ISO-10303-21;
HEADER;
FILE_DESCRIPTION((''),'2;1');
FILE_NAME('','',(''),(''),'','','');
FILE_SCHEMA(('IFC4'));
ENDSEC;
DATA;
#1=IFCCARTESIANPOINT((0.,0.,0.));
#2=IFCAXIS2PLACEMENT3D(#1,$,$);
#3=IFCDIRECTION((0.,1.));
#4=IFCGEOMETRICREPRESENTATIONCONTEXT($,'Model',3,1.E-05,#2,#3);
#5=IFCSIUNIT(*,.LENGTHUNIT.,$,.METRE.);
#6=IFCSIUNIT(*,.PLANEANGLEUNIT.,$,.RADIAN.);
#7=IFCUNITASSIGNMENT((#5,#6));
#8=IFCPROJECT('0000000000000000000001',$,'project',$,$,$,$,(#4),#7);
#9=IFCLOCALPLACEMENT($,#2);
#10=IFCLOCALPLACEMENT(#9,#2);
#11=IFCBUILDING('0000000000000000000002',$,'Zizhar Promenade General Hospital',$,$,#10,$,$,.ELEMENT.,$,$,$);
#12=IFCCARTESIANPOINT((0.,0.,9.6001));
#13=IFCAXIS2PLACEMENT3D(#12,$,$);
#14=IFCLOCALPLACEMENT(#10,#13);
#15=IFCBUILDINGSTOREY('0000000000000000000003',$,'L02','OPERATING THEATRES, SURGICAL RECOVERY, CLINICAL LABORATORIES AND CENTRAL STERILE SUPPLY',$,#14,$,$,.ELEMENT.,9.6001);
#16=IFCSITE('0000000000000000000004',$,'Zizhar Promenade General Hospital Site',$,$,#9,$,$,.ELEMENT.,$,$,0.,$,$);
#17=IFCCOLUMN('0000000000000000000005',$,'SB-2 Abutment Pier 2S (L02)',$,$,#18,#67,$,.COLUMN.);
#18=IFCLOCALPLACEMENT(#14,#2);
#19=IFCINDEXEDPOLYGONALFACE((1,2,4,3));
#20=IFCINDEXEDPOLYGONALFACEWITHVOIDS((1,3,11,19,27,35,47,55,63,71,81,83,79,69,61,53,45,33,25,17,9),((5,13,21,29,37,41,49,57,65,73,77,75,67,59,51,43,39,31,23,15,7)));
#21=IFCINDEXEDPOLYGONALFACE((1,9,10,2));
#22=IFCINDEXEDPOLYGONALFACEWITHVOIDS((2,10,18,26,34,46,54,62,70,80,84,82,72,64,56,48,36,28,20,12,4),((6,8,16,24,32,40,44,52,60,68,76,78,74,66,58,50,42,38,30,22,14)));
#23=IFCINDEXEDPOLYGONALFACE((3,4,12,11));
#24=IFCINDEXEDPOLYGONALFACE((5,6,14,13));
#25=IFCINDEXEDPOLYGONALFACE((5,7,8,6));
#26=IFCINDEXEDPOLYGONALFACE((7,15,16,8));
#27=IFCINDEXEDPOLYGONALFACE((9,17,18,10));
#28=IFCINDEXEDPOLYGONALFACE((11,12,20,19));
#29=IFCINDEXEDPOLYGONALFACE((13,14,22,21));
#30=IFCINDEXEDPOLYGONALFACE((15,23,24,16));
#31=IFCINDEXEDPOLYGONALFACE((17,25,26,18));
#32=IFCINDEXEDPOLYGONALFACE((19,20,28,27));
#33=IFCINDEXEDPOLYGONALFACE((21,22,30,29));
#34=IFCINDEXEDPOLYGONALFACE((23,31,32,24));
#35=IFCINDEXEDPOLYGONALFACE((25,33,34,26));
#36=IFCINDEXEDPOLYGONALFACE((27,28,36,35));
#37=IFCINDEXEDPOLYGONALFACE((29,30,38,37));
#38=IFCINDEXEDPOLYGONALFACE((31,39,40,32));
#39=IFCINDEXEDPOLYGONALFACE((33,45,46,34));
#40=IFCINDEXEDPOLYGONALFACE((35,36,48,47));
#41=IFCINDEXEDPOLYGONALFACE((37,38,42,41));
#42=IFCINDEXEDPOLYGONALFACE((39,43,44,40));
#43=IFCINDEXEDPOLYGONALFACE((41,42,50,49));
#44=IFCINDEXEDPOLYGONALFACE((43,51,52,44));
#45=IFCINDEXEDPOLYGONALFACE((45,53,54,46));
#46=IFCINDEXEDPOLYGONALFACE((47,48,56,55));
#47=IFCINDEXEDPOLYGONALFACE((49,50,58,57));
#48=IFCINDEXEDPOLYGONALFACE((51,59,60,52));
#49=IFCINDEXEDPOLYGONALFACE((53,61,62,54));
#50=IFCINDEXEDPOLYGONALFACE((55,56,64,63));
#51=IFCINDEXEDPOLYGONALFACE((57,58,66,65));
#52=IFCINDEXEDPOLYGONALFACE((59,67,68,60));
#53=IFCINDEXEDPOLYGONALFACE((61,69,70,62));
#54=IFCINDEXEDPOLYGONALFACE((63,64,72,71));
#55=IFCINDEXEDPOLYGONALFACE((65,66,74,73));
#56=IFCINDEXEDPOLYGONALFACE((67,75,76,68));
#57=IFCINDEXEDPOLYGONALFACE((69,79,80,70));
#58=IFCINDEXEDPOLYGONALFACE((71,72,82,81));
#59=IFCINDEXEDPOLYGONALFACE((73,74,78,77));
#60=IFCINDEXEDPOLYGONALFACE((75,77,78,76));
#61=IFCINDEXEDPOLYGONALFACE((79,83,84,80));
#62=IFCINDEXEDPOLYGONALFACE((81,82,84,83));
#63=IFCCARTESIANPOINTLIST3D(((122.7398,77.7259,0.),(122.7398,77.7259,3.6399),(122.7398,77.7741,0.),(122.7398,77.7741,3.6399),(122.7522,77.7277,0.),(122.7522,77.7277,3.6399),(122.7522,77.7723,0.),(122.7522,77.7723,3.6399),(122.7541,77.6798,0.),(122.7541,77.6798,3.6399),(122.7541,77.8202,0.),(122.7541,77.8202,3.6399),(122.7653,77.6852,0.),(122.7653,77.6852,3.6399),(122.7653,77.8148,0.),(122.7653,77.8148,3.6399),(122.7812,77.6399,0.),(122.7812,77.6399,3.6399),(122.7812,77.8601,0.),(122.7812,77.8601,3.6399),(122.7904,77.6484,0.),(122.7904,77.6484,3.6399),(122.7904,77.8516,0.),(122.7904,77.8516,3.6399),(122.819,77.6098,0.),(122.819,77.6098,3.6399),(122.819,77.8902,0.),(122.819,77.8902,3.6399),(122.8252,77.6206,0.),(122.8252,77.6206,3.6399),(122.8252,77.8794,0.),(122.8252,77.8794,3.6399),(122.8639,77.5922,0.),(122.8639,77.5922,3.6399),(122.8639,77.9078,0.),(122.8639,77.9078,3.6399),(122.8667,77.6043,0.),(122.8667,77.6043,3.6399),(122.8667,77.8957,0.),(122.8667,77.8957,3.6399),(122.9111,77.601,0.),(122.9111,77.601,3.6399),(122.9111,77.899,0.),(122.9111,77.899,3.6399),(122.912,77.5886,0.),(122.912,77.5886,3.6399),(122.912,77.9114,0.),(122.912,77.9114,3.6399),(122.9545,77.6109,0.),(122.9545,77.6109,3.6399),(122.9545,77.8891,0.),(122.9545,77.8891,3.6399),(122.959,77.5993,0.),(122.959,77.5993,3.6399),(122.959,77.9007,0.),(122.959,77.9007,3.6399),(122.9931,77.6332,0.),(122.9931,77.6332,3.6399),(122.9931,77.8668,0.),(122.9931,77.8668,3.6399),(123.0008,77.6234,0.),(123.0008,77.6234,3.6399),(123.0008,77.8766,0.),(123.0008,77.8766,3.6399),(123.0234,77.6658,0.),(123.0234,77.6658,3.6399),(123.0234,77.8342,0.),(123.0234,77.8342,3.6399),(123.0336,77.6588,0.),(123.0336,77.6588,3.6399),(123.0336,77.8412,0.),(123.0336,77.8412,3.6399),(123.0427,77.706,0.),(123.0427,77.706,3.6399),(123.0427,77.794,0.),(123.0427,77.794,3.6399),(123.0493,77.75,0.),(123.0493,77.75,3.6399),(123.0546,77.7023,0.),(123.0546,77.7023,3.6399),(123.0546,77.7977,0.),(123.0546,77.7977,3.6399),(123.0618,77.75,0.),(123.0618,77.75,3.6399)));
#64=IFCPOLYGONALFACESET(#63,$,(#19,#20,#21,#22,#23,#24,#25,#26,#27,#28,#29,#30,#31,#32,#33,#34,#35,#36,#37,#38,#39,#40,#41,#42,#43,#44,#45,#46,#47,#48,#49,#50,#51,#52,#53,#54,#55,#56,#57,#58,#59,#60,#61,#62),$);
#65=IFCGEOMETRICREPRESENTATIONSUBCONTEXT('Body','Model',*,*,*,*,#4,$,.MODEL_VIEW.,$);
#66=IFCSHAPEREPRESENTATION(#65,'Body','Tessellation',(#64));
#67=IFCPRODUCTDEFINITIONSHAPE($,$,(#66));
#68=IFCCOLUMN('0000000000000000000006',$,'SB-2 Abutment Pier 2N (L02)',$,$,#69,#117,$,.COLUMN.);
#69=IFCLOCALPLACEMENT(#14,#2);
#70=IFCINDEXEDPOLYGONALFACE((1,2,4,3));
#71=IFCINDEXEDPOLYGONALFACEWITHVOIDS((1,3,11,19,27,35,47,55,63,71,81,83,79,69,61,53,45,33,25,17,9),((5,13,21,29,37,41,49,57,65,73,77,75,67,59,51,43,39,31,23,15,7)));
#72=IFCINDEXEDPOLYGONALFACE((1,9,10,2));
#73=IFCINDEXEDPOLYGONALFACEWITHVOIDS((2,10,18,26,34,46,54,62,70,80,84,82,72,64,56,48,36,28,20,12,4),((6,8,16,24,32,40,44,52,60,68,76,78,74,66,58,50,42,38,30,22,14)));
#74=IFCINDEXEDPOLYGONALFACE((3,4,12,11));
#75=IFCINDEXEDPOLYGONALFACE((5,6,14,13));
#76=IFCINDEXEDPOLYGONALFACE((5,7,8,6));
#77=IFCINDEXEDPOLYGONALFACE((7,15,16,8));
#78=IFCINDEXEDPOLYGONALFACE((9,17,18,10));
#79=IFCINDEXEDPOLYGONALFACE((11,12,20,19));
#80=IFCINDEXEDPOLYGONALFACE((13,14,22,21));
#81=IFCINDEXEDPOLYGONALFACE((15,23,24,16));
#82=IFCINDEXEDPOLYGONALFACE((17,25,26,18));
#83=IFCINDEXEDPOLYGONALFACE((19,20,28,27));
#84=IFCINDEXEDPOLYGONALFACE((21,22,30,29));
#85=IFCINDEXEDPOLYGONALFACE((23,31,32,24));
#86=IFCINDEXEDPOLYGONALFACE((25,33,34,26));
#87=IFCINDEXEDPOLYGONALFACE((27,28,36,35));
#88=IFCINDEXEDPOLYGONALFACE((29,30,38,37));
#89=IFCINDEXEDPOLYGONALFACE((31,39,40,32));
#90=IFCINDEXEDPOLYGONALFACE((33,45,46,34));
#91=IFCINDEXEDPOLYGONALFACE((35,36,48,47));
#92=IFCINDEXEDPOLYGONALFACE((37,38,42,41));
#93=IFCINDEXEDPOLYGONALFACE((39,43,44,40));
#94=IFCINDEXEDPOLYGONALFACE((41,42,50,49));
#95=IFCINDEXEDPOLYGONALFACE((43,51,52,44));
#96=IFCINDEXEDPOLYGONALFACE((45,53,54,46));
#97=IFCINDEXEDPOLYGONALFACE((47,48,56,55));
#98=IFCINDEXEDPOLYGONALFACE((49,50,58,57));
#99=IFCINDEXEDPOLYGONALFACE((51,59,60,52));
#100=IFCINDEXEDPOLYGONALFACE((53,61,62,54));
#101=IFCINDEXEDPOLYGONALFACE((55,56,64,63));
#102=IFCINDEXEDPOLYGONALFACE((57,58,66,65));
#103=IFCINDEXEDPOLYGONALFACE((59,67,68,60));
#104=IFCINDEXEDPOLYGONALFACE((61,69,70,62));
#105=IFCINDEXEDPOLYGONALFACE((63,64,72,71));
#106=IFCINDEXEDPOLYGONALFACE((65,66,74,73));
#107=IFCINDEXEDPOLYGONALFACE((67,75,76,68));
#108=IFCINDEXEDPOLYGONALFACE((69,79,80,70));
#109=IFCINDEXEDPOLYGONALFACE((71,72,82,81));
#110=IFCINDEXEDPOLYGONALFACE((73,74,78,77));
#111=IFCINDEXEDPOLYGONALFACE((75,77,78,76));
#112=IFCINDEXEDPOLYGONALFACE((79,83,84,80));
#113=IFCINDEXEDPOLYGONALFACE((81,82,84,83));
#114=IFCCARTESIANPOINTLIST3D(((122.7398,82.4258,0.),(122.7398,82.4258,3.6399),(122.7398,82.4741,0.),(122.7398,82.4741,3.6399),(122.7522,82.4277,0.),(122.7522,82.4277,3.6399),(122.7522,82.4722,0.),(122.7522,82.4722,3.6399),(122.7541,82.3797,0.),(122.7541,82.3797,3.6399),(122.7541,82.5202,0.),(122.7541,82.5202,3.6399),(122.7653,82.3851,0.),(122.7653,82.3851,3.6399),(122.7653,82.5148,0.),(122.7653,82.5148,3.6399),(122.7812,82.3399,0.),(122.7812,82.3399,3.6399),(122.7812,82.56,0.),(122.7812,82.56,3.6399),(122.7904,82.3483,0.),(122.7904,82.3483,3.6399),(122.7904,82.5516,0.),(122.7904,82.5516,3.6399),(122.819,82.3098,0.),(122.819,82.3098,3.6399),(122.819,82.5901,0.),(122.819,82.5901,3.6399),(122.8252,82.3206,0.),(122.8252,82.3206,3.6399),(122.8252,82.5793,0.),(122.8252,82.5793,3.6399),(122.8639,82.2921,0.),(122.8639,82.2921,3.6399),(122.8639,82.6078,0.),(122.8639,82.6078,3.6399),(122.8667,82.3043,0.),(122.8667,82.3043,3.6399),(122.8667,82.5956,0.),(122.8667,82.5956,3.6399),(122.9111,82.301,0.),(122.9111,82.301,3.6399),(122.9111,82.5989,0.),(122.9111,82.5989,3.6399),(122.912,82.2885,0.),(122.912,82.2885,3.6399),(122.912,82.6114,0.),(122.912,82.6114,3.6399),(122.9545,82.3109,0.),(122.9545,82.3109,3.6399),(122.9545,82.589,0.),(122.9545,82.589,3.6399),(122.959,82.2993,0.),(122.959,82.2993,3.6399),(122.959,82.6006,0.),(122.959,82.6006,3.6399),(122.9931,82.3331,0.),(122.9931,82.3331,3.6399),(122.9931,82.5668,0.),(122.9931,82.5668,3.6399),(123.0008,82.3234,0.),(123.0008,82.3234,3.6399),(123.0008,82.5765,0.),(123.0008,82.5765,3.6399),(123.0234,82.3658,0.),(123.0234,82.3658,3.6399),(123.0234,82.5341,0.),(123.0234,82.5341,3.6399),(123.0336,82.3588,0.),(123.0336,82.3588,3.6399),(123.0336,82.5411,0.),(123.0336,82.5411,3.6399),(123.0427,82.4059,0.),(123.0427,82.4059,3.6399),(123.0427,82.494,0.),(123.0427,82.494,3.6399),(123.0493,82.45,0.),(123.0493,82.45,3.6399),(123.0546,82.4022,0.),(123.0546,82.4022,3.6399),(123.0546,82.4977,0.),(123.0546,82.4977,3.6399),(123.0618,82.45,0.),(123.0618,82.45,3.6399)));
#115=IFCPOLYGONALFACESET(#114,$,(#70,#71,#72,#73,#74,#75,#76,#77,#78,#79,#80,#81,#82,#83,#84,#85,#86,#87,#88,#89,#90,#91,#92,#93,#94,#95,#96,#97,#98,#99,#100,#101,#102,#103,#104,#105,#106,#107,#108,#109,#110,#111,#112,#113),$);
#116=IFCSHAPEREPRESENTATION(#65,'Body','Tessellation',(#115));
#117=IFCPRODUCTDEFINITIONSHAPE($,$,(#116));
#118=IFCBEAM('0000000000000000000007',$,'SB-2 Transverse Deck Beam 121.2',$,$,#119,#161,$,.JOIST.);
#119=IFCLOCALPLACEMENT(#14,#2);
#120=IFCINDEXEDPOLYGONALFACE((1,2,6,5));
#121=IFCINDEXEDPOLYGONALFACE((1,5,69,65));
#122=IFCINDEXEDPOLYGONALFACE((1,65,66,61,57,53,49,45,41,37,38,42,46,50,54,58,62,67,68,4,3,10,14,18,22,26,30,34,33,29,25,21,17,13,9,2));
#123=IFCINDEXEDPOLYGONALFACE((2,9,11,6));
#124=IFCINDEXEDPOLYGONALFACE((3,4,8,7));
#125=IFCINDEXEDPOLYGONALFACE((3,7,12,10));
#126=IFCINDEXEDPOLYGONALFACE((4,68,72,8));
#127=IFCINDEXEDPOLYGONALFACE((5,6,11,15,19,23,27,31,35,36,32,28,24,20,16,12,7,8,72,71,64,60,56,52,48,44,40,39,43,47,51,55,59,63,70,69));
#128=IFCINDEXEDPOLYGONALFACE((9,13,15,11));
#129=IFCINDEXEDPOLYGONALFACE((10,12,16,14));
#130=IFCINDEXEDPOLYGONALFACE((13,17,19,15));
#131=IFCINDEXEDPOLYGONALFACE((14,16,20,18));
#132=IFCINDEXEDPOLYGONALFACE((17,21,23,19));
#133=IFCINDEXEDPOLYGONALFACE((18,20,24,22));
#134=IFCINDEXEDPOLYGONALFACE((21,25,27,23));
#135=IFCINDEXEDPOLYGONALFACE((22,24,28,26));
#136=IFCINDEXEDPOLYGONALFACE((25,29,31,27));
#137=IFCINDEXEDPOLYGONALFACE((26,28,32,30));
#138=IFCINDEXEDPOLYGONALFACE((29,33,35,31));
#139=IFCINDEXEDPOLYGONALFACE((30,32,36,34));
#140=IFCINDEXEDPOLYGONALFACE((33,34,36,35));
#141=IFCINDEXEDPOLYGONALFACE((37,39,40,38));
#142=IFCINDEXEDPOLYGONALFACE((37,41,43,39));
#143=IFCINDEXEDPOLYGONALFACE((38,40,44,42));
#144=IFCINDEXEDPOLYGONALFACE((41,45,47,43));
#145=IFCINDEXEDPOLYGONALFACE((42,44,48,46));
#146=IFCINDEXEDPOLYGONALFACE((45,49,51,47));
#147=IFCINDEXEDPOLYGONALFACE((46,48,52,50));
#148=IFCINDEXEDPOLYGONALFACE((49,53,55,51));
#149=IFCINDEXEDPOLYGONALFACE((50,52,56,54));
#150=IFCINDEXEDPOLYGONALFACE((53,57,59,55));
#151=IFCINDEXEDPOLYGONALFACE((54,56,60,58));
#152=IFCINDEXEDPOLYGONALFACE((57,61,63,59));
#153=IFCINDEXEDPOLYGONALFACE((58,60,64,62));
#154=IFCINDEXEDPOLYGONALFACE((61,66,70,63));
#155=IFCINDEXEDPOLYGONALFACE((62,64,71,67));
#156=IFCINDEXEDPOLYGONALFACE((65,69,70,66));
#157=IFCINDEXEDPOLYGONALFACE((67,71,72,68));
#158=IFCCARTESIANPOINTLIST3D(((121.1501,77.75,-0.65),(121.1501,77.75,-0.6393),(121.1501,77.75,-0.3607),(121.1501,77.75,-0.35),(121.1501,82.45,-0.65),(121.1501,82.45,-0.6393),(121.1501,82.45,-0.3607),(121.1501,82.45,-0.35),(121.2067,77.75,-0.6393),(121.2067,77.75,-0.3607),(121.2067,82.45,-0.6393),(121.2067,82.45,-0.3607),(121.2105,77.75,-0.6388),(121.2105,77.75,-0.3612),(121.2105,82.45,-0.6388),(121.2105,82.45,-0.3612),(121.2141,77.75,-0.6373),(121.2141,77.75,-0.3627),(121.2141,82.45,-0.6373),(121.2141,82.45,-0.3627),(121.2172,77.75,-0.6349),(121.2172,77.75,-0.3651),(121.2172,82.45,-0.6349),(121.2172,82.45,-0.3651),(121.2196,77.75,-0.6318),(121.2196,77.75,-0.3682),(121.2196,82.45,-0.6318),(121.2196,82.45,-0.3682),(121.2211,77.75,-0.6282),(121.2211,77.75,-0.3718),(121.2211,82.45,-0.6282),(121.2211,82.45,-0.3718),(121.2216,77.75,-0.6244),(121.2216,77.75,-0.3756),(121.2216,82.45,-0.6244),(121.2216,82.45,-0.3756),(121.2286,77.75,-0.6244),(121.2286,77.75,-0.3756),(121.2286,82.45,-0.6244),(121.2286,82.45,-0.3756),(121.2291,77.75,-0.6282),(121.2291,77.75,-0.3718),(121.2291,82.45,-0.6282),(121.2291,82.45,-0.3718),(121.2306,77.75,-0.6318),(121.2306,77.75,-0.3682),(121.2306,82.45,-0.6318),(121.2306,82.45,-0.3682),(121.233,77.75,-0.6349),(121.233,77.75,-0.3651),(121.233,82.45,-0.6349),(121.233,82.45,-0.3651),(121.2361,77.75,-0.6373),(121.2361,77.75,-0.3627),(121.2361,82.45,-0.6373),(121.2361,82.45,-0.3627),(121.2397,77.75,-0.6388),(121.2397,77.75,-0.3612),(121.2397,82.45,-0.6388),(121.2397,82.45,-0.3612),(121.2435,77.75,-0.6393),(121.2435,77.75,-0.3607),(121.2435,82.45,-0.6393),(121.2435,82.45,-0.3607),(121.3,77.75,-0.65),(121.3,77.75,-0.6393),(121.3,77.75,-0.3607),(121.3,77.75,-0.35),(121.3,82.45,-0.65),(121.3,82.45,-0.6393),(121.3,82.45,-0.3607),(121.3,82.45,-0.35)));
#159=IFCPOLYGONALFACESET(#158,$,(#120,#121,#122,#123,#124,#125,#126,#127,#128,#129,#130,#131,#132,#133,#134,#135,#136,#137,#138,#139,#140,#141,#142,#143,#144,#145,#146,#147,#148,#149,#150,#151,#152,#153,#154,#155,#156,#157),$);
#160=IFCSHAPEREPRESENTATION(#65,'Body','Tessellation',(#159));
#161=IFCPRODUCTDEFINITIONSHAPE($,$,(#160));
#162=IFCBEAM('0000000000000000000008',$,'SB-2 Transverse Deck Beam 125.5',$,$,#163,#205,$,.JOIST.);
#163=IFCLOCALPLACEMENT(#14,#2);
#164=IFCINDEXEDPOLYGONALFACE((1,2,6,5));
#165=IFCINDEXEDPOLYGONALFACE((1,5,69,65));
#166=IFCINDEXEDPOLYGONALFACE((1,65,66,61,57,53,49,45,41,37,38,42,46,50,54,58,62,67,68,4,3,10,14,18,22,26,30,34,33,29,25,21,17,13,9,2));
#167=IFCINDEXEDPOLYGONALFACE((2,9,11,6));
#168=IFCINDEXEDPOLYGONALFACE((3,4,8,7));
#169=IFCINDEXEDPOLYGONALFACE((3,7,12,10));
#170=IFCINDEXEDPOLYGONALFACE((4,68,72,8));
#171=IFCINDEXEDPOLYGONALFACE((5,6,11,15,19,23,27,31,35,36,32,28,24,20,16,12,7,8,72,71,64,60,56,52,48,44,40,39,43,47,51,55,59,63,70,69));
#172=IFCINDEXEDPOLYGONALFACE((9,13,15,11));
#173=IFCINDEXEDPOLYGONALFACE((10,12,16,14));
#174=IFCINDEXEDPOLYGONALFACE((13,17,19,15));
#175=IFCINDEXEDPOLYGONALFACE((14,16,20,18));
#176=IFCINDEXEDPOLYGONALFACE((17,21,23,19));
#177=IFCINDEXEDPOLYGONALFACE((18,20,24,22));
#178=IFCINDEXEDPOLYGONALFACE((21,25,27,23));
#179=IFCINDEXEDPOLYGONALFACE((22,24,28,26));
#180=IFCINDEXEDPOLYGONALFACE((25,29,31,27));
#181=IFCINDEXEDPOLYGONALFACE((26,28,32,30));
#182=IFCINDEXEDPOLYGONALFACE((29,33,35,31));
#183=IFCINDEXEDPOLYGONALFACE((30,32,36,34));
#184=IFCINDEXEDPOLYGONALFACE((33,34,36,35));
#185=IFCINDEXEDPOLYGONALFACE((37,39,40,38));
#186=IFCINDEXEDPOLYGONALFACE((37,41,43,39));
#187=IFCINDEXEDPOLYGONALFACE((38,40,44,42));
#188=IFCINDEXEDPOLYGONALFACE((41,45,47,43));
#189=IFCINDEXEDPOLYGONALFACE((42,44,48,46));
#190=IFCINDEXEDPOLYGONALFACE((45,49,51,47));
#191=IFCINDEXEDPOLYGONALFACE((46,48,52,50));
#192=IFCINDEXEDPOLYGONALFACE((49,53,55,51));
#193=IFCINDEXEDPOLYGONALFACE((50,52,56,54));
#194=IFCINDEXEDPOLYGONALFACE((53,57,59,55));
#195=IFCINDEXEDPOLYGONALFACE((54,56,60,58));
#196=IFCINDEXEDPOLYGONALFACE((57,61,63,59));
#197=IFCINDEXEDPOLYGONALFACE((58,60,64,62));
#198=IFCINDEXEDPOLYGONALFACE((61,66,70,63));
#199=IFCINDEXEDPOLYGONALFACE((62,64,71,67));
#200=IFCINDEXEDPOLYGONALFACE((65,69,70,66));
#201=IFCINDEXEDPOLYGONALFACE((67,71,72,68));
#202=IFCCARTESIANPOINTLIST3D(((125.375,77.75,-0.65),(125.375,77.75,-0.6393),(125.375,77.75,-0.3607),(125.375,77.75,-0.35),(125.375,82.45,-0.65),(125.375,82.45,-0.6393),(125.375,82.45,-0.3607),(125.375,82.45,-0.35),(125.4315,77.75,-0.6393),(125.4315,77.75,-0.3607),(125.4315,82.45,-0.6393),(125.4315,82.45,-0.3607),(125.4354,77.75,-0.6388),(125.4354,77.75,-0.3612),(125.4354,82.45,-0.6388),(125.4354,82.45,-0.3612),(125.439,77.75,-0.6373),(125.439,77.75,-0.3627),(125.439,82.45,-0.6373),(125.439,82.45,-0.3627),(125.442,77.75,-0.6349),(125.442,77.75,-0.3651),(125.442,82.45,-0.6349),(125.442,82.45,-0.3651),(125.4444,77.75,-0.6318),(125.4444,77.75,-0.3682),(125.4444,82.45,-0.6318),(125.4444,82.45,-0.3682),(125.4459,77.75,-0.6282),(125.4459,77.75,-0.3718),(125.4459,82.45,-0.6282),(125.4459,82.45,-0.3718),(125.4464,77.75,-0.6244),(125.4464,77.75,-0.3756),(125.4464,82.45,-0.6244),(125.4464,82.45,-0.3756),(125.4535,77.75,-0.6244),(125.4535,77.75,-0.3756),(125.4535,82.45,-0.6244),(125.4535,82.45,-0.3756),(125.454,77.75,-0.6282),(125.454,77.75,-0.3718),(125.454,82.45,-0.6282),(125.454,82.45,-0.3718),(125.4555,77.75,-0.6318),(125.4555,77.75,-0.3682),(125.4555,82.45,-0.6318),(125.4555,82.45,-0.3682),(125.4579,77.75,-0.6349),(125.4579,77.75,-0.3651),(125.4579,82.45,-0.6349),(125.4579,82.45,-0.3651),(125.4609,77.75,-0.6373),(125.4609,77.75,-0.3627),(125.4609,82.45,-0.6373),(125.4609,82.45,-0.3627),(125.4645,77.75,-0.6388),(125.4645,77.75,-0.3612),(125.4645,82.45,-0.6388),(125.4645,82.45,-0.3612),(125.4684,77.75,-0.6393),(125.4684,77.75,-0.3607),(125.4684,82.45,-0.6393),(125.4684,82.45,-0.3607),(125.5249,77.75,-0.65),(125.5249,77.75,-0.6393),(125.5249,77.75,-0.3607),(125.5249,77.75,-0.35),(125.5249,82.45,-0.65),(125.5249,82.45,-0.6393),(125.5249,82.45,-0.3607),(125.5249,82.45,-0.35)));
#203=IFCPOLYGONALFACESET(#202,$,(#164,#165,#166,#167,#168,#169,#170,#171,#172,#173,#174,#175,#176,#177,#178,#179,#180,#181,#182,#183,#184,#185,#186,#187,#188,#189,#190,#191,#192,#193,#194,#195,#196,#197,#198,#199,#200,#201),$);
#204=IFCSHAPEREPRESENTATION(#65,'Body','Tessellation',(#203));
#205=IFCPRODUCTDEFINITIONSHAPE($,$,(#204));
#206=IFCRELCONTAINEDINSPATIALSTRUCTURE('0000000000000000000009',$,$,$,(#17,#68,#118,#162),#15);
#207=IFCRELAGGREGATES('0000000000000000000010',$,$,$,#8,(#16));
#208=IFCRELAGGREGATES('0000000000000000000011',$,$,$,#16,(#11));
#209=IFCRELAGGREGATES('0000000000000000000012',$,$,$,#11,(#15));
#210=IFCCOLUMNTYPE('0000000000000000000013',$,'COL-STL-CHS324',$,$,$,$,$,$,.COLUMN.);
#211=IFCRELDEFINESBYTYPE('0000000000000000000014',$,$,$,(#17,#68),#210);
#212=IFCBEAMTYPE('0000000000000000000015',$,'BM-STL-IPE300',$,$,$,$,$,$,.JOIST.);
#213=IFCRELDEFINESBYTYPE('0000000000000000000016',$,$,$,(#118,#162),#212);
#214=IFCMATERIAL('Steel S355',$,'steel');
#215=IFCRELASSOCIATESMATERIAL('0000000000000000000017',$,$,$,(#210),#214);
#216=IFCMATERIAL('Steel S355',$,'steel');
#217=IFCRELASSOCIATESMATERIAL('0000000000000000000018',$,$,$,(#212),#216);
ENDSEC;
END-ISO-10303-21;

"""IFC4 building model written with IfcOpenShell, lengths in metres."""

from ifc_helpers import new_model, si_unit, direction, frame, origin, origin_2d, place, context, subcontext, project, spatial, hollow_circle, i_section, extrude, material, material_profile, profile_set, type_object, element, save


model = new_model("IFC4")

# Units and contexts
model_context = context("Model", 3, precision=1e-05, world=origin(), true_north=direction((0.0, 1.0)))
body_context = subcontext(model_context, "Body", "Model", "MODEL_VIEW")
ifc_project = project(units=[si_unit("LENGTHUNIT", "METRE"), si_unit("PLANEANGLEUNIT", "RADIAN")], contexts=[model_context])

# Site, building, storey
site_placement = place(None, origin())
site = spatial("IfcSite", under=ifc_project, at=site_placement, Name="Zizhar Promenade General Hospital Site", CompositionType="ELEMENT", RefElevation=0.0)
building_placement = place(site_placement, origin())
building = spatial("IfcBuilding", under=site, at=building_placement, Name="Zizhar Promenade General Hospital", CompositionType="ELEMENT")
storey_placement = place(building_placement, frame((0.0, 0.0, 9.6001)))
storey = spatial("IfcBuildingStorey", under=building, at=storey_placement, Name="L02", Description="OPERATING THEATRES, SURGICAL RECOVERY, CLINICAL LABORATORIES AND CENTRAL STERILE SUPPLY", CompositionType="ELEMENT", Elevation=9.6001)

# Columns
ifc_material_1 = material(Name="Steel S355", Category="steel")
ifc_material_profile_1 = material_profile(ifc_material_1, hollow_circle(Radius=0.1619, WallThickness=0.0125, at=origin_2d()))
ifc_profile_set_1 = profile_set([ifc_material_profile_1], Name="Steel S355")
column_type = type_object("IfcColumnType", Name="COL-STL-CHS324", PredefinedType="COLUMN", material=ifc_profile_set_1)
for number, where, z_axis, x_axis, name in (
    (1, (122.8999, 77.75, 0.0), (0.0, 0.0, 1.0), (1.0, 0.0, 0.0), "SB-2 Abutment Pier 2S (L02)"),
    (2, (122.8999, 82.45, 0.0), (0.0, 0.0, 1.0), (1.0, 0.0, 0.0), "SB-2 Abutment Pier 2N (L02)"),
):
    element("IfcColumn", number, at=place(storey_placement, frame(where, z_axis=z_axis, x_axis=x_axis)), inside=storey, type_object=column_type, Name=name, PredefinedType="COLUMN", context=body_context, shape_type="SweptSolid", body=[
        extrude(hollow_circle(Radius=0.1619, WallThickness=0.0125, at=origin_2d()), origin(), (0.0, 0.0, 1.0), 3.6399),
    ])

# Beams
ifc_material_2 = material(Name="Steel S355", Category="steel")
ifc_material_profile_2 = material_profile(ifc_material_2, i_section(OverallWidth=0.1499, OverallDepth=0.3, WebThickness=0.0071, FlangeThickness=0.0107, FilletRadius=0.0149, at=origin_2d()))
ifc_profile_set_2 = profile_set([ifc_material_profile_2], Name="Steel S355")
beam_type = type_object("IfcBeamType", Name="BM-STL-IPE300", PredefinedType="JOIST", material=ifc_profile_set_2)
for number, where, z_axis, x_axis, name in (
    (3, (121.2251, 77.75, -0.5), (0.0, 1.0, 0.0), (-1.0, 0.0, 0.0), "SB-2 Transverse Deck Beam 121.2"),
    (4, (125.45, 77.75, -0.5), (0.0, 1.0, 0.0), (-1.0, 0.0, 0.0), "SB-2 Transverse Deck Beam 125.5"),
):
    element("IfcBeam", number, at=place(storey_placement, frame(where, z_axis=z_axis, x_axis=x_axis)), inside=storey, type_object=beam_type, Name=name, PredefinedType="JOIST", context=body_context, shape_type="SweptSolid", body=[
        extrude(i_section(OverallWidth=0.1499, OverallDepth=0.3, WebThickness=0.0071, FlangeThickness=0.0107, FilletRadius=0.0149, at=origin_2d()), origin(), (0.0, 0.0, 1.0), 4.7),
    ])

save(model, "model.ifc")
